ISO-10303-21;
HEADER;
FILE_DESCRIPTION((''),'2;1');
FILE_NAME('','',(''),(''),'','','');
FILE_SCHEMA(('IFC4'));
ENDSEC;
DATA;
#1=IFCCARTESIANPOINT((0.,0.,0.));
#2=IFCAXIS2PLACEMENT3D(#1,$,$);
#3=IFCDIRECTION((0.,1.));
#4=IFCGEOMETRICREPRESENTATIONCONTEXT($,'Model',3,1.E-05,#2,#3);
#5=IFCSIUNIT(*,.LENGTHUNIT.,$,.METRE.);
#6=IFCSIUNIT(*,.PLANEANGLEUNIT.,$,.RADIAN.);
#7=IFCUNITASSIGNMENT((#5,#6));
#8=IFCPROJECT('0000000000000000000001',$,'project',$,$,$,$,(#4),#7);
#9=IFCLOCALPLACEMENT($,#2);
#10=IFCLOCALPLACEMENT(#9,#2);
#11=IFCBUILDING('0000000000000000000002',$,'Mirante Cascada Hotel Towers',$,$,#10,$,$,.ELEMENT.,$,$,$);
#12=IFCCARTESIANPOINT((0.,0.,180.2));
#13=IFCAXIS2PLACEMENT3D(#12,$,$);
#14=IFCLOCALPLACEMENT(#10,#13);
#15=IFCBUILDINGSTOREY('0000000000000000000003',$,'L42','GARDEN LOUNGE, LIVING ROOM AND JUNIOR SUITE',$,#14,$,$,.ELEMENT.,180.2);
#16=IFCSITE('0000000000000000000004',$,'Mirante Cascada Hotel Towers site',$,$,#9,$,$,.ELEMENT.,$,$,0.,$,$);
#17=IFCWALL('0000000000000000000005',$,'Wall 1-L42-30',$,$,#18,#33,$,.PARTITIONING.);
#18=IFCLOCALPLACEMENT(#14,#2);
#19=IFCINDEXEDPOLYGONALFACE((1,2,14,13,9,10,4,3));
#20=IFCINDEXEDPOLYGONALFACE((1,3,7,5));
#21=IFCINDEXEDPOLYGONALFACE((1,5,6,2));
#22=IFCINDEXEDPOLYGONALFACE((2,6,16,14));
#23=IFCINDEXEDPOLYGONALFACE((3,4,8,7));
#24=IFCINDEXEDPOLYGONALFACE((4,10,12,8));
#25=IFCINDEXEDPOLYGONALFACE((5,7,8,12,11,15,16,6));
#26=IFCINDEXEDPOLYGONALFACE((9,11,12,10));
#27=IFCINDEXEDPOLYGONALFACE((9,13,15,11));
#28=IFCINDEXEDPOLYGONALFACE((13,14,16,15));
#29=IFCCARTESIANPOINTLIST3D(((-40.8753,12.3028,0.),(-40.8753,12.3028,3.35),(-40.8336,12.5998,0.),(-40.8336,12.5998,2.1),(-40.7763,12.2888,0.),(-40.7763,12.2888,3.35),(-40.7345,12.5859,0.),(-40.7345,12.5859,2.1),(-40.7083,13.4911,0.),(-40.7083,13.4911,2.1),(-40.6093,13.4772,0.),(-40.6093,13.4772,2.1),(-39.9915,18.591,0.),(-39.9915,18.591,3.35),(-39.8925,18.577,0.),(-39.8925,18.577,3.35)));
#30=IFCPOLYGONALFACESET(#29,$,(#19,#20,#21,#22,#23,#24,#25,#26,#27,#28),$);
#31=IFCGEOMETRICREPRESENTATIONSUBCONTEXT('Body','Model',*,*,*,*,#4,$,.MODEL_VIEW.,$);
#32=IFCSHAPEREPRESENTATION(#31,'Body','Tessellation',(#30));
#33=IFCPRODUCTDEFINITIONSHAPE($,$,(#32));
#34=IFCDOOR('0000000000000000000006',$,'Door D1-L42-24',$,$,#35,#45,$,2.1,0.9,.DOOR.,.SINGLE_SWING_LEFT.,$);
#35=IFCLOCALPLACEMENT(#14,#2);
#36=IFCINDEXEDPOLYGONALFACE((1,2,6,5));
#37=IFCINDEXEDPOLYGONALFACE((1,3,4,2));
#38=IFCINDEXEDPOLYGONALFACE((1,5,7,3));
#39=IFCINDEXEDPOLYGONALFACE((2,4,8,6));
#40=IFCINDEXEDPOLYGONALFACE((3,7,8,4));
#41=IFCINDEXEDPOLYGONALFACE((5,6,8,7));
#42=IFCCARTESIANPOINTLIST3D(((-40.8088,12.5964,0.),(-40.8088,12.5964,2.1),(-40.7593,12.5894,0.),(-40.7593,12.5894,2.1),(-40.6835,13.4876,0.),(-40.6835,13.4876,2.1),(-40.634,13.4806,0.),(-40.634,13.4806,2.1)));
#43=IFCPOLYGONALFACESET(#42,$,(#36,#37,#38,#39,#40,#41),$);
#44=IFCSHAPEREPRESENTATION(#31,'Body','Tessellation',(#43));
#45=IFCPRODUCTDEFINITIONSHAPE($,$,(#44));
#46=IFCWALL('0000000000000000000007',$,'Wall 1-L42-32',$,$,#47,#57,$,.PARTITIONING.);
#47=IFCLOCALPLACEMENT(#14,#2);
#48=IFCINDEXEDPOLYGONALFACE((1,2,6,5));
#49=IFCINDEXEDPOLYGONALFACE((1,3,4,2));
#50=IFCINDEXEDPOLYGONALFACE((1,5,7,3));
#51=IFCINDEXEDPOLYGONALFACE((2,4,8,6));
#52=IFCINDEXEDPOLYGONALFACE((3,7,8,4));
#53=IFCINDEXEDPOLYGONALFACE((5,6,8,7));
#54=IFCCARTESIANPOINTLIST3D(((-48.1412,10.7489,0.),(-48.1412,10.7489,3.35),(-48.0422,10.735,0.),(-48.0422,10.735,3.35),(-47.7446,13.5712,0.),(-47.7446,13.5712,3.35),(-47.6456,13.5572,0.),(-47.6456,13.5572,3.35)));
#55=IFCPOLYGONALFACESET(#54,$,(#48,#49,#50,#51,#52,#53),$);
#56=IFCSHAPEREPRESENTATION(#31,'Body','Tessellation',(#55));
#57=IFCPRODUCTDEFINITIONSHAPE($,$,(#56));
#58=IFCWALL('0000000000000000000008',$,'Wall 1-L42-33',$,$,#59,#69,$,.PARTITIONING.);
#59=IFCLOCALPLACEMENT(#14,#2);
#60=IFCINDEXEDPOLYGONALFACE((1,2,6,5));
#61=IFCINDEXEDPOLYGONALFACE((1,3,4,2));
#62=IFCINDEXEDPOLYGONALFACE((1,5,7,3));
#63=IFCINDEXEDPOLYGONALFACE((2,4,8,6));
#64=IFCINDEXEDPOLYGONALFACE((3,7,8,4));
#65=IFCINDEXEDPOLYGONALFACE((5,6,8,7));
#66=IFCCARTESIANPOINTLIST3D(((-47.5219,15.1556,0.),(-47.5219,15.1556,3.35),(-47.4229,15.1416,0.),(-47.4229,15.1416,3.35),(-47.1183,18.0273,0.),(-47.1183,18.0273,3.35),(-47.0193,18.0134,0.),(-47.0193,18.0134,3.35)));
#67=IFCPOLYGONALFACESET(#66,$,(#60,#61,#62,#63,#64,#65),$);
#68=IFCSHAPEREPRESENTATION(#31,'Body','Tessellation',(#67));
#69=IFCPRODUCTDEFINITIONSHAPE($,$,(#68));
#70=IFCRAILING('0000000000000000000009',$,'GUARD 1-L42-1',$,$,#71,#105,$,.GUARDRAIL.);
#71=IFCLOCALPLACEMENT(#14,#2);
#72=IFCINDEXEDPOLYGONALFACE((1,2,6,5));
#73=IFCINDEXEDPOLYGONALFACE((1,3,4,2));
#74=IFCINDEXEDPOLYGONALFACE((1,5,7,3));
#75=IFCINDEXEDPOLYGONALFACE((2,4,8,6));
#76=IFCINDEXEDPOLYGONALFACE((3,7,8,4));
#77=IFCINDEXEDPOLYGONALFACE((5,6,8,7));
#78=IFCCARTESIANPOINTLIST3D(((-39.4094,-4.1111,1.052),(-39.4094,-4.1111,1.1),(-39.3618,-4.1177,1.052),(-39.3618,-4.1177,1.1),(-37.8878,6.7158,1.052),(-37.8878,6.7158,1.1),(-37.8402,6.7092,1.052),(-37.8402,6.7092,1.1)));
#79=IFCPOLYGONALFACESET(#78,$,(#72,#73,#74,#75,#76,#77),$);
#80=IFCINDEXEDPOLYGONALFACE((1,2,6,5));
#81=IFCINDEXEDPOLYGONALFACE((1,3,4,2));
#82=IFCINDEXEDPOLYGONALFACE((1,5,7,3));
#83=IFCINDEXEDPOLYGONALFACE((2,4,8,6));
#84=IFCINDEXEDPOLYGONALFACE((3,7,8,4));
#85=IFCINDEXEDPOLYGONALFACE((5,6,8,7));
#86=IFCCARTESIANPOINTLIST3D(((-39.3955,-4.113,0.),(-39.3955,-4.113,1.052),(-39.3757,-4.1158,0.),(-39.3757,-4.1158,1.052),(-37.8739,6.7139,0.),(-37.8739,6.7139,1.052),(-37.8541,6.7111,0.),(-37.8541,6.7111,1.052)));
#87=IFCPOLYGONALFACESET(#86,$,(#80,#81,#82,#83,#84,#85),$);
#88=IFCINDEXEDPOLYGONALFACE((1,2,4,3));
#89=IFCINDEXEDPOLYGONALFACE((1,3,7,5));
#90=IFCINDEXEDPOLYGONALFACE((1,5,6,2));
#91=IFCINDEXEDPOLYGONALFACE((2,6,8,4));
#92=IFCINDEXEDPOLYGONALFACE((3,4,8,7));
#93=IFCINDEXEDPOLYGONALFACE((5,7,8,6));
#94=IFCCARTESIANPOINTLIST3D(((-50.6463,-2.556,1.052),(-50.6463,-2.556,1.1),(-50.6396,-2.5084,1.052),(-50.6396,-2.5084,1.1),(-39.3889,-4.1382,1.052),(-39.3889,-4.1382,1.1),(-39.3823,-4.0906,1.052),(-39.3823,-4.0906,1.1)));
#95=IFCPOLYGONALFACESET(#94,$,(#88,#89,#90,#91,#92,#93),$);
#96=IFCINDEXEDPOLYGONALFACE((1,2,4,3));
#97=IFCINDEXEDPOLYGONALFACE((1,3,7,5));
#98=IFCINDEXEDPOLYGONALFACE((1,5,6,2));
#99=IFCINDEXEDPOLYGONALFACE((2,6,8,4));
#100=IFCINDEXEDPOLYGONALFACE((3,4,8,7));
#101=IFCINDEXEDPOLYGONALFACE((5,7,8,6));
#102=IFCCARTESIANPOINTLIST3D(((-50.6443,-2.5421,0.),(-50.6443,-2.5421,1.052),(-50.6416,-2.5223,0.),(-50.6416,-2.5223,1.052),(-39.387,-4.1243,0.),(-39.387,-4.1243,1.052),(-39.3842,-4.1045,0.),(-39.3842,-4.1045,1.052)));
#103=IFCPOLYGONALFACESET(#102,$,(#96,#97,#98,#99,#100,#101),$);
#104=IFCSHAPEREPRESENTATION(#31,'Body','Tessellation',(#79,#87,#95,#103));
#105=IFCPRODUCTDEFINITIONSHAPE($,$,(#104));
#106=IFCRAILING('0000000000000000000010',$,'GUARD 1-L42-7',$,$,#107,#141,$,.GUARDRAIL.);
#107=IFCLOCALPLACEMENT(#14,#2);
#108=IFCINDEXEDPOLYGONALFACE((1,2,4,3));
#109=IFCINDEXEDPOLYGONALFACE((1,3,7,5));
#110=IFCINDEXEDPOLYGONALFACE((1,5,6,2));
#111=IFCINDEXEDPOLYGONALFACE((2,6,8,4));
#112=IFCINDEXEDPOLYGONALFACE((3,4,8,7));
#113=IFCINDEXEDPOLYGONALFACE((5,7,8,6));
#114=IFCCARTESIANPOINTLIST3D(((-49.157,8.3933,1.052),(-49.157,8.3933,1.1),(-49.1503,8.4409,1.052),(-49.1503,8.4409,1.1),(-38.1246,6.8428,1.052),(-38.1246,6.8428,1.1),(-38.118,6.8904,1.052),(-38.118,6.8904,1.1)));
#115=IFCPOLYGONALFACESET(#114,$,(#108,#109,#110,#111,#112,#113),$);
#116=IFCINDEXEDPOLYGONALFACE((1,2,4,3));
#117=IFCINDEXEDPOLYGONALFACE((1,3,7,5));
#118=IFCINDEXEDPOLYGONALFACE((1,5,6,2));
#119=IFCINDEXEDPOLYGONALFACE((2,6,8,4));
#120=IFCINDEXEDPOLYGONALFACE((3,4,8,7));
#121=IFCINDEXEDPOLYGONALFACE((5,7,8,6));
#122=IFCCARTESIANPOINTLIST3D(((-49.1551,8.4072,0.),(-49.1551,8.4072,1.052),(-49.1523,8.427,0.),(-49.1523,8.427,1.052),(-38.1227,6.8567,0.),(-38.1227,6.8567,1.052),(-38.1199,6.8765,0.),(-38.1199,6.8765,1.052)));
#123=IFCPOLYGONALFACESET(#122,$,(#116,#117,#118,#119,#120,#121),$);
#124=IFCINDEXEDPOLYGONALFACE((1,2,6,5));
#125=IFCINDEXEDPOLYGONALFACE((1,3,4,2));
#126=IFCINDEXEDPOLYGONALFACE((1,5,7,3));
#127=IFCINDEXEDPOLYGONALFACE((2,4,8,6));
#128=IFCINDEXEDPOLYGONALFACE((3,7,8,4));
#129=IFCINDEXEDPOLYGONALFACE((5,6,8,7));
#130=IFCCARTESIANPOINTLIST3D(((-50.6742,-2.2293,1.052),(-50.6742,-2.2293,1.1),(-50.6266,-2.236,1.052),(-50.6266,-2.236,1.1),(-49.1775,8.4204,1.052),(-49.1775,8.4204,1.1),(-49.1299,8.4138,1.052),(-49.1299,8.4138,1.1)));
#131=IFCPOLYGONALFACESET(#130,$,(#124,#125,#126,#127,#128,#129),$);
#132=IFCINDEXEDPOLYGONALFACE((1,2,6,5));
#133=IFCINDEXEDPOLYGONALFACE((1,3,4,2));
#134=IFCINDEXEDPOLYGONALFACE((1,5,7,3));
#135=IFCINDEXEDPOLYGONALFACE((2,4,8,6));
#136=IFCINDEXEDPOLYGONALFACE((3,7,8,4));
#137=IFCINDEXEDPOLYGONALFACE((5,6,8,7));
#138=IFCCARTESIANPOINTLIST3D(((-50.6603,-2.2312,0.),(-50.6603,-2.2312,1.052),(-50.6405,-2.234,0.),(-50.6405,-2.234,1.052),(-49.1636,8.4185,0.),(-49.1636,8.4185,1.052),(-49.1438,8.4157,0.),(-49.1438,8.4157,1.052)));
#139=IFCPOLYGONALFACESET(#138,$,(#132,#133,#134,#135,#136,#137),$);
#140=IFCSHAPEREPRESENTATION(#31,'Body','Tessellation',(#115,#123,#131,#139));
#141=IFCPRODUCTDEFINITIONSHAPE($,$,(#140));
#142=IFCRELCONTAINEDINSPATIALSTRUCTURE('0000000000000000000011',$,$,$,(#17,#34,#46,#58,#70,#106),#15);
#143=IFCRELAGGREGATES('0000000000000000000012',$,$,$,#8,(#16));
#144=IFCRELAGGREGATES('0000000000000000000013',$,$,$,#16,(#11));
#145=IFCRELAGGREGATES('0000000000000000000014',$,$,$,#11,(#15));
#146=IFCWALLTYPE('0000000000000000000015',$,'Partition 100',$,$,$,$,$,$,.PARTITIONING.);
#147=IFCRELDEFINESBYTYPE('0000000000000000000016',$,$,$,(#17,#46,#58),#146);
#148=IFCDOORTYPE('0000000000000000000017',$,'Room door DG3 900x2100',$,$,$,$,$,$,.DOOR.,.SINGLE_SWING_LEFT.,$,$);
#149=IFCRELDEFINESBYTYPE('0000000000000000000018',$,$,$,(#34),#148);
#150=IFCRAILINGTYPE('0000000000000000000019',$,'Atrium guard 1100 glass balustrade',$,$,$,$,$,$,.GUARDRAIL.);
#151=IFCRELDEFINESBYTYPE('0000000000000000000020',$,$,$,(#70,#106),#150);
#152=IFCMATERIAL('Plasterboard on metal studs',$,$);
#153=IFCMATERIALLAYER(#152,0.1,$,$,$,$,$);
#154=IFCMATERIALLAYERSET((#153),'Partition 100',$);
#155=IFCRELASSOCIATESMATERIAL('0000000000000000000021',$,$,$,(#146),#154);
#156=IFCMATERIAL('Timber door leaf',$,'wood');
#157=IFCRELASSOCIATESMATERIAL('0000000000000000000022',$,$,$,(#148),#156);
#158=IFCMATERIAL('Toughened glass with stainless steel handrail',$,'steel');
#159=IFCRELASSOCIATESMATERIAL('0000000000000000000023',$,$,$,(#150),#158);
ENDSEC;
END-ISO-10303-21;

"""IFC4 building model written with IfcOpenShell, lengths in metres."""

from ifc_helpers import new_model, si_unit, direction, frame, frame_2d, origin, origin_2d, place, context, subcontext, project, spatial, rectangle, extrude, material, layer, layer_set, type_object, element, fill, save


model = new_model("IFC4")

# Units and contexts
model_context = context("Model", 3, precision=1e-05, world=origin(), true_north=direction((0.0, 1.0)))
body_context = subcontext(model_context, "Body", "Model", "MODEL_VIEW")
ifc_project = project(units=[si_unit("LENGTHUNIT", "METRE"), si_unit("PLANEANGLEUNIT", "RADIAN")], contexts=[model_context])

# Site, building, storey
site_placement = place(None, origin())
site = spatial("IfcSite", under=ifc_project, at=site_placement, Name="Mirante Cascada Hotel Towers site", CompositionType="ELEMENT", RefElevation=0.0)
building_placement = place(site_placement, origin())
building = spatial("IfcBuilding", under=site, at=building_placement, Name="Mirante Cascada Hotel Towers", CompositionType="ELEMENT")
storey_placement = place(building_placement, frame((0.0, 0.0, 180.2)))
storey = spatial("IfcBuildingStorey", under=building, at=storey_placement, Name="L42", Description="GARDEN LOUNGE, LIVING ROOM AND JUNIOR SUITE", CompositionType="ELEMENT", Elevation=180.2)

# Shared definitions
ifc_material_1 = material(Name="Plasterboard on metal studs")
ifc_layer_1 = layer(ifc_material_1, 0.1)
ifc_layer_set_1 = layer_set([ifc_layer_1], Name="Partition 100")
wall_type_1 = type_object("IfcWallType", Name="Partition 100", PredefinedType="PARTITIONING", material=ifc_layer_set_1)

# Shared definitions
ifc_material_2 = material(Name="Timber door leaf", Category="wood")
door_type_1 = type_object("IfcDoorType", Name="Room door DG3 900x2100", OperationType="SINGLE_SWING_LEFT", PredefinedType="DOOR", material=ifc_material_2)

# Wall, opening, door
wall_1_placement = place(storey_placement, frame((-39.942, 18.584, 0.0), z_axis=(0.0, 0.0, 1.0), x_axis=(-0.139181, -0.990267, 0.0)))
wall_1 = element("IfcWall", 1, at=wall_1_placement, inside=storey, type_object=wall_type_1, Name="Wall 1-L42-30", PredefinedType="PARTITIONING", context=body_context, shape_type="SweptSolid", body=[
    extrude(rectangle(XDim=6.35, YDim=0.1, at=frame_2d((3.175, 0.0))), origin(), (0.0, 0.0, 1.0), 3.35),
])
opening_1_placement = place(wall_1_placement, frame((5.15, 0.0, 0.0)))
opening_1 = element("IfcOpeningElement", 2, at=opening_1_placement, cuts=wall_1, PredefinedType="OPENING", context=body_context, shape_type="SweptSolid", body=[
    extrude(rectangle(XDim=0.9, YDim=2.1, at=frame_2d((0.45, 1.05))), frame((0.0, 0.05, 0.0), z_axis=(0.0, -1.0, 0.0), x_axis=(1.0, 0.0, 0.0)), (0.0, 0.0, 1.0), 0.1),
])
door_1_placement = place(opening_1_placement, origin())
door_1 = element("IfcDoor", 3, at=door_1_placement, inside=storey, type_object=door_type_1, Name="Door D1-L42-24", OperationType="SINGLE_SWING_LEFT", OverallHeight=2.1, OverallWidth=0.9, PredefinedType="DOOR", context=body_context, shape_type="SweptSolid", body=[
    extrude(rectangle(XDim=0.9, YDim=2.1, at=frame_2d((0.45, 1.05))), frame((0.0, 0.025, 0.0), z_axis=(0.0, -1.0, 0.0), x_axis=(1.0, 0.0, 0.0)), (0.0, 0.0, 1.0), 0.05),
])
fill(opening_1, door_1)

# Walls
wall_2_placement = place(storey_placement, frame((-47.6951, 13.5642, 0.0), z_axis=(0.0, 0.0, 1.0), x_axis=(-0.139156, -0.99027, 0.0)))
element("IfcWall", 4, at=wall_2_placement, inside=storey, type_object=wall_type_1, Name="Wall 1-L42-32", PredefinedType="PARTITIONING", context=body_context, shape_type="SweptSolid", body=[
    extrude(rectangle(XDim=2.85, YDim=0.1, at=frame_2d((1.425, 0.0))), origin(), (0.0, 0.0, 1.0), 3.35),
])
wall_3_placement = place(storey_placement, frame((-47.4724, 15.1486, 0.0), z_axis=(0.0, 0.0, 1.0), x_axis=(0.139171, 0.990268, 0.0)))
element("IfcWall", 5, at=wall_3_placement, inside=storey, type_object=wall_type_1, Name="Wall 1-L42-33", PredefinedType="PARTITIONING", context=body_context, shape_type="SweptSolid", body=[
    extrude(rectangle(XDim=2.9, YDim=0.1, at=frame_2d((1.45, 0.0))), origin(), (0.0, 0.0, 1.0), 3.35),
])

# Railings
ifc_material_3 = material(Name="Toughened glass with stainless steel handrail", Category="steel")
railing_type = type_object("IfcRailingType", Name="Atrium guard 1100 glass balustrade", PredefinedType="GUARDRAIL", material=ifc_material_3)
railing_1_placement = place(storey_placement, frame((-37.864, 6.7125, 0.0)))
element("IfcRailing", 6, at=railing_1_placement, inside=storey, type_object=railing_type, Name="GUARD 1-L42-1", PredefinedType="GUARDRAIL", context=body_context, shape_type="SweptSolid", body=[
    extrude(rectangle(XDim=0.048, YDim=0.048, at=origin_2d()), frame((0.0, 0.0, 1.076), z_axis=(-0.139171, -0.990268, 0.0), x_axis=(0.990268, -0.139171, 0.0)), (0.0, 0.0, 1.0), 10.9333),
    extrude(rectangle(XDim=0.02, YDim=1.052, at=origin_2d()), frame((0.0, 0.0, 0.526), z_axis=(-0.139171, -0.990268, 0.0), x_axis=(0.990268, -0.139171, 0.0)), (0.0, 0.0, 1.0), 10.9333),
    extrude(rectangle(XDim=0.048, YDim=0.048, at=origin_2d()), frame((-1.5216, -10.8269, 1.076), z_axis=(-0.990267, 0.13918, 0.0), x_axis=(-0.13918, -0.990267, 0.0)), (0.0, 0.0, 1.0), 11.368),
    extrude(rectangle(XDim=0.02, YDim=1.052, at=origin_2d()), frame((-1.5216, -10.8269, 0.526), z_axis=(-0.990267, 0.13918, 0.0), x_axis=(-0.13918, -0.990267, 0.0)), (0.0, 0.0, 1.0), 11.368),
])
railing_2_placement = place(storey_placement, frame((-38.1213, 6.8666, 0.0)))
element("IfcRailing", 7, at=railing_2_placement, inside=storey, type_object=railing_type, Name="GUARD 1-L42-7", PredefinedType="GUARDRAIL", context=body_context, shape_type="SweptSolid", body=[
    extrude(rectangle(XDim=0.048, YDim=0.048, at=origin_2d()), frame((0.0, 0.0, 1.076), z_axis=(-0.990268, 0.139173, 0.0), x_axis=(-0.139173, -0.990268, 0.0)), (0.0, 0.0, 1.0), 11.1408),
    extrude(rectangle(XDim=0.02, YDim=1.052, at=origin_2d()), frame((0.0, 0.0, 0.526), z_axis=(-0.990268, 0.139173, 0.0), x_axis=(-0.139173, -0.990268, 0.0)), (0.0, 0.0, 1.0), 11.1408),
    extrude(rectangle(XDim=0.048, YDim=0.048, at=origin_2d()), frame((-11.0324, 1.5505, 1.076), z_axis=(-0.139172, -0.990268, 0.0), x_axis=(0.990268, -0.139172, 0.0)), (0.0, 0.0, 1.0), 10.7544),
    extrude(rectangle(XDim=0.02, YDim=1.052, at=origin_2d()), frame((-11.0324, 1.5505, 0.526), z_axis=(-0.139172, -0.990268, 0.0), x_axis=(0.990268, -0.139172, 0.0)), (0.0, 0.0, 1.0), 10.7544),
])

save(model, "model.ifc")
